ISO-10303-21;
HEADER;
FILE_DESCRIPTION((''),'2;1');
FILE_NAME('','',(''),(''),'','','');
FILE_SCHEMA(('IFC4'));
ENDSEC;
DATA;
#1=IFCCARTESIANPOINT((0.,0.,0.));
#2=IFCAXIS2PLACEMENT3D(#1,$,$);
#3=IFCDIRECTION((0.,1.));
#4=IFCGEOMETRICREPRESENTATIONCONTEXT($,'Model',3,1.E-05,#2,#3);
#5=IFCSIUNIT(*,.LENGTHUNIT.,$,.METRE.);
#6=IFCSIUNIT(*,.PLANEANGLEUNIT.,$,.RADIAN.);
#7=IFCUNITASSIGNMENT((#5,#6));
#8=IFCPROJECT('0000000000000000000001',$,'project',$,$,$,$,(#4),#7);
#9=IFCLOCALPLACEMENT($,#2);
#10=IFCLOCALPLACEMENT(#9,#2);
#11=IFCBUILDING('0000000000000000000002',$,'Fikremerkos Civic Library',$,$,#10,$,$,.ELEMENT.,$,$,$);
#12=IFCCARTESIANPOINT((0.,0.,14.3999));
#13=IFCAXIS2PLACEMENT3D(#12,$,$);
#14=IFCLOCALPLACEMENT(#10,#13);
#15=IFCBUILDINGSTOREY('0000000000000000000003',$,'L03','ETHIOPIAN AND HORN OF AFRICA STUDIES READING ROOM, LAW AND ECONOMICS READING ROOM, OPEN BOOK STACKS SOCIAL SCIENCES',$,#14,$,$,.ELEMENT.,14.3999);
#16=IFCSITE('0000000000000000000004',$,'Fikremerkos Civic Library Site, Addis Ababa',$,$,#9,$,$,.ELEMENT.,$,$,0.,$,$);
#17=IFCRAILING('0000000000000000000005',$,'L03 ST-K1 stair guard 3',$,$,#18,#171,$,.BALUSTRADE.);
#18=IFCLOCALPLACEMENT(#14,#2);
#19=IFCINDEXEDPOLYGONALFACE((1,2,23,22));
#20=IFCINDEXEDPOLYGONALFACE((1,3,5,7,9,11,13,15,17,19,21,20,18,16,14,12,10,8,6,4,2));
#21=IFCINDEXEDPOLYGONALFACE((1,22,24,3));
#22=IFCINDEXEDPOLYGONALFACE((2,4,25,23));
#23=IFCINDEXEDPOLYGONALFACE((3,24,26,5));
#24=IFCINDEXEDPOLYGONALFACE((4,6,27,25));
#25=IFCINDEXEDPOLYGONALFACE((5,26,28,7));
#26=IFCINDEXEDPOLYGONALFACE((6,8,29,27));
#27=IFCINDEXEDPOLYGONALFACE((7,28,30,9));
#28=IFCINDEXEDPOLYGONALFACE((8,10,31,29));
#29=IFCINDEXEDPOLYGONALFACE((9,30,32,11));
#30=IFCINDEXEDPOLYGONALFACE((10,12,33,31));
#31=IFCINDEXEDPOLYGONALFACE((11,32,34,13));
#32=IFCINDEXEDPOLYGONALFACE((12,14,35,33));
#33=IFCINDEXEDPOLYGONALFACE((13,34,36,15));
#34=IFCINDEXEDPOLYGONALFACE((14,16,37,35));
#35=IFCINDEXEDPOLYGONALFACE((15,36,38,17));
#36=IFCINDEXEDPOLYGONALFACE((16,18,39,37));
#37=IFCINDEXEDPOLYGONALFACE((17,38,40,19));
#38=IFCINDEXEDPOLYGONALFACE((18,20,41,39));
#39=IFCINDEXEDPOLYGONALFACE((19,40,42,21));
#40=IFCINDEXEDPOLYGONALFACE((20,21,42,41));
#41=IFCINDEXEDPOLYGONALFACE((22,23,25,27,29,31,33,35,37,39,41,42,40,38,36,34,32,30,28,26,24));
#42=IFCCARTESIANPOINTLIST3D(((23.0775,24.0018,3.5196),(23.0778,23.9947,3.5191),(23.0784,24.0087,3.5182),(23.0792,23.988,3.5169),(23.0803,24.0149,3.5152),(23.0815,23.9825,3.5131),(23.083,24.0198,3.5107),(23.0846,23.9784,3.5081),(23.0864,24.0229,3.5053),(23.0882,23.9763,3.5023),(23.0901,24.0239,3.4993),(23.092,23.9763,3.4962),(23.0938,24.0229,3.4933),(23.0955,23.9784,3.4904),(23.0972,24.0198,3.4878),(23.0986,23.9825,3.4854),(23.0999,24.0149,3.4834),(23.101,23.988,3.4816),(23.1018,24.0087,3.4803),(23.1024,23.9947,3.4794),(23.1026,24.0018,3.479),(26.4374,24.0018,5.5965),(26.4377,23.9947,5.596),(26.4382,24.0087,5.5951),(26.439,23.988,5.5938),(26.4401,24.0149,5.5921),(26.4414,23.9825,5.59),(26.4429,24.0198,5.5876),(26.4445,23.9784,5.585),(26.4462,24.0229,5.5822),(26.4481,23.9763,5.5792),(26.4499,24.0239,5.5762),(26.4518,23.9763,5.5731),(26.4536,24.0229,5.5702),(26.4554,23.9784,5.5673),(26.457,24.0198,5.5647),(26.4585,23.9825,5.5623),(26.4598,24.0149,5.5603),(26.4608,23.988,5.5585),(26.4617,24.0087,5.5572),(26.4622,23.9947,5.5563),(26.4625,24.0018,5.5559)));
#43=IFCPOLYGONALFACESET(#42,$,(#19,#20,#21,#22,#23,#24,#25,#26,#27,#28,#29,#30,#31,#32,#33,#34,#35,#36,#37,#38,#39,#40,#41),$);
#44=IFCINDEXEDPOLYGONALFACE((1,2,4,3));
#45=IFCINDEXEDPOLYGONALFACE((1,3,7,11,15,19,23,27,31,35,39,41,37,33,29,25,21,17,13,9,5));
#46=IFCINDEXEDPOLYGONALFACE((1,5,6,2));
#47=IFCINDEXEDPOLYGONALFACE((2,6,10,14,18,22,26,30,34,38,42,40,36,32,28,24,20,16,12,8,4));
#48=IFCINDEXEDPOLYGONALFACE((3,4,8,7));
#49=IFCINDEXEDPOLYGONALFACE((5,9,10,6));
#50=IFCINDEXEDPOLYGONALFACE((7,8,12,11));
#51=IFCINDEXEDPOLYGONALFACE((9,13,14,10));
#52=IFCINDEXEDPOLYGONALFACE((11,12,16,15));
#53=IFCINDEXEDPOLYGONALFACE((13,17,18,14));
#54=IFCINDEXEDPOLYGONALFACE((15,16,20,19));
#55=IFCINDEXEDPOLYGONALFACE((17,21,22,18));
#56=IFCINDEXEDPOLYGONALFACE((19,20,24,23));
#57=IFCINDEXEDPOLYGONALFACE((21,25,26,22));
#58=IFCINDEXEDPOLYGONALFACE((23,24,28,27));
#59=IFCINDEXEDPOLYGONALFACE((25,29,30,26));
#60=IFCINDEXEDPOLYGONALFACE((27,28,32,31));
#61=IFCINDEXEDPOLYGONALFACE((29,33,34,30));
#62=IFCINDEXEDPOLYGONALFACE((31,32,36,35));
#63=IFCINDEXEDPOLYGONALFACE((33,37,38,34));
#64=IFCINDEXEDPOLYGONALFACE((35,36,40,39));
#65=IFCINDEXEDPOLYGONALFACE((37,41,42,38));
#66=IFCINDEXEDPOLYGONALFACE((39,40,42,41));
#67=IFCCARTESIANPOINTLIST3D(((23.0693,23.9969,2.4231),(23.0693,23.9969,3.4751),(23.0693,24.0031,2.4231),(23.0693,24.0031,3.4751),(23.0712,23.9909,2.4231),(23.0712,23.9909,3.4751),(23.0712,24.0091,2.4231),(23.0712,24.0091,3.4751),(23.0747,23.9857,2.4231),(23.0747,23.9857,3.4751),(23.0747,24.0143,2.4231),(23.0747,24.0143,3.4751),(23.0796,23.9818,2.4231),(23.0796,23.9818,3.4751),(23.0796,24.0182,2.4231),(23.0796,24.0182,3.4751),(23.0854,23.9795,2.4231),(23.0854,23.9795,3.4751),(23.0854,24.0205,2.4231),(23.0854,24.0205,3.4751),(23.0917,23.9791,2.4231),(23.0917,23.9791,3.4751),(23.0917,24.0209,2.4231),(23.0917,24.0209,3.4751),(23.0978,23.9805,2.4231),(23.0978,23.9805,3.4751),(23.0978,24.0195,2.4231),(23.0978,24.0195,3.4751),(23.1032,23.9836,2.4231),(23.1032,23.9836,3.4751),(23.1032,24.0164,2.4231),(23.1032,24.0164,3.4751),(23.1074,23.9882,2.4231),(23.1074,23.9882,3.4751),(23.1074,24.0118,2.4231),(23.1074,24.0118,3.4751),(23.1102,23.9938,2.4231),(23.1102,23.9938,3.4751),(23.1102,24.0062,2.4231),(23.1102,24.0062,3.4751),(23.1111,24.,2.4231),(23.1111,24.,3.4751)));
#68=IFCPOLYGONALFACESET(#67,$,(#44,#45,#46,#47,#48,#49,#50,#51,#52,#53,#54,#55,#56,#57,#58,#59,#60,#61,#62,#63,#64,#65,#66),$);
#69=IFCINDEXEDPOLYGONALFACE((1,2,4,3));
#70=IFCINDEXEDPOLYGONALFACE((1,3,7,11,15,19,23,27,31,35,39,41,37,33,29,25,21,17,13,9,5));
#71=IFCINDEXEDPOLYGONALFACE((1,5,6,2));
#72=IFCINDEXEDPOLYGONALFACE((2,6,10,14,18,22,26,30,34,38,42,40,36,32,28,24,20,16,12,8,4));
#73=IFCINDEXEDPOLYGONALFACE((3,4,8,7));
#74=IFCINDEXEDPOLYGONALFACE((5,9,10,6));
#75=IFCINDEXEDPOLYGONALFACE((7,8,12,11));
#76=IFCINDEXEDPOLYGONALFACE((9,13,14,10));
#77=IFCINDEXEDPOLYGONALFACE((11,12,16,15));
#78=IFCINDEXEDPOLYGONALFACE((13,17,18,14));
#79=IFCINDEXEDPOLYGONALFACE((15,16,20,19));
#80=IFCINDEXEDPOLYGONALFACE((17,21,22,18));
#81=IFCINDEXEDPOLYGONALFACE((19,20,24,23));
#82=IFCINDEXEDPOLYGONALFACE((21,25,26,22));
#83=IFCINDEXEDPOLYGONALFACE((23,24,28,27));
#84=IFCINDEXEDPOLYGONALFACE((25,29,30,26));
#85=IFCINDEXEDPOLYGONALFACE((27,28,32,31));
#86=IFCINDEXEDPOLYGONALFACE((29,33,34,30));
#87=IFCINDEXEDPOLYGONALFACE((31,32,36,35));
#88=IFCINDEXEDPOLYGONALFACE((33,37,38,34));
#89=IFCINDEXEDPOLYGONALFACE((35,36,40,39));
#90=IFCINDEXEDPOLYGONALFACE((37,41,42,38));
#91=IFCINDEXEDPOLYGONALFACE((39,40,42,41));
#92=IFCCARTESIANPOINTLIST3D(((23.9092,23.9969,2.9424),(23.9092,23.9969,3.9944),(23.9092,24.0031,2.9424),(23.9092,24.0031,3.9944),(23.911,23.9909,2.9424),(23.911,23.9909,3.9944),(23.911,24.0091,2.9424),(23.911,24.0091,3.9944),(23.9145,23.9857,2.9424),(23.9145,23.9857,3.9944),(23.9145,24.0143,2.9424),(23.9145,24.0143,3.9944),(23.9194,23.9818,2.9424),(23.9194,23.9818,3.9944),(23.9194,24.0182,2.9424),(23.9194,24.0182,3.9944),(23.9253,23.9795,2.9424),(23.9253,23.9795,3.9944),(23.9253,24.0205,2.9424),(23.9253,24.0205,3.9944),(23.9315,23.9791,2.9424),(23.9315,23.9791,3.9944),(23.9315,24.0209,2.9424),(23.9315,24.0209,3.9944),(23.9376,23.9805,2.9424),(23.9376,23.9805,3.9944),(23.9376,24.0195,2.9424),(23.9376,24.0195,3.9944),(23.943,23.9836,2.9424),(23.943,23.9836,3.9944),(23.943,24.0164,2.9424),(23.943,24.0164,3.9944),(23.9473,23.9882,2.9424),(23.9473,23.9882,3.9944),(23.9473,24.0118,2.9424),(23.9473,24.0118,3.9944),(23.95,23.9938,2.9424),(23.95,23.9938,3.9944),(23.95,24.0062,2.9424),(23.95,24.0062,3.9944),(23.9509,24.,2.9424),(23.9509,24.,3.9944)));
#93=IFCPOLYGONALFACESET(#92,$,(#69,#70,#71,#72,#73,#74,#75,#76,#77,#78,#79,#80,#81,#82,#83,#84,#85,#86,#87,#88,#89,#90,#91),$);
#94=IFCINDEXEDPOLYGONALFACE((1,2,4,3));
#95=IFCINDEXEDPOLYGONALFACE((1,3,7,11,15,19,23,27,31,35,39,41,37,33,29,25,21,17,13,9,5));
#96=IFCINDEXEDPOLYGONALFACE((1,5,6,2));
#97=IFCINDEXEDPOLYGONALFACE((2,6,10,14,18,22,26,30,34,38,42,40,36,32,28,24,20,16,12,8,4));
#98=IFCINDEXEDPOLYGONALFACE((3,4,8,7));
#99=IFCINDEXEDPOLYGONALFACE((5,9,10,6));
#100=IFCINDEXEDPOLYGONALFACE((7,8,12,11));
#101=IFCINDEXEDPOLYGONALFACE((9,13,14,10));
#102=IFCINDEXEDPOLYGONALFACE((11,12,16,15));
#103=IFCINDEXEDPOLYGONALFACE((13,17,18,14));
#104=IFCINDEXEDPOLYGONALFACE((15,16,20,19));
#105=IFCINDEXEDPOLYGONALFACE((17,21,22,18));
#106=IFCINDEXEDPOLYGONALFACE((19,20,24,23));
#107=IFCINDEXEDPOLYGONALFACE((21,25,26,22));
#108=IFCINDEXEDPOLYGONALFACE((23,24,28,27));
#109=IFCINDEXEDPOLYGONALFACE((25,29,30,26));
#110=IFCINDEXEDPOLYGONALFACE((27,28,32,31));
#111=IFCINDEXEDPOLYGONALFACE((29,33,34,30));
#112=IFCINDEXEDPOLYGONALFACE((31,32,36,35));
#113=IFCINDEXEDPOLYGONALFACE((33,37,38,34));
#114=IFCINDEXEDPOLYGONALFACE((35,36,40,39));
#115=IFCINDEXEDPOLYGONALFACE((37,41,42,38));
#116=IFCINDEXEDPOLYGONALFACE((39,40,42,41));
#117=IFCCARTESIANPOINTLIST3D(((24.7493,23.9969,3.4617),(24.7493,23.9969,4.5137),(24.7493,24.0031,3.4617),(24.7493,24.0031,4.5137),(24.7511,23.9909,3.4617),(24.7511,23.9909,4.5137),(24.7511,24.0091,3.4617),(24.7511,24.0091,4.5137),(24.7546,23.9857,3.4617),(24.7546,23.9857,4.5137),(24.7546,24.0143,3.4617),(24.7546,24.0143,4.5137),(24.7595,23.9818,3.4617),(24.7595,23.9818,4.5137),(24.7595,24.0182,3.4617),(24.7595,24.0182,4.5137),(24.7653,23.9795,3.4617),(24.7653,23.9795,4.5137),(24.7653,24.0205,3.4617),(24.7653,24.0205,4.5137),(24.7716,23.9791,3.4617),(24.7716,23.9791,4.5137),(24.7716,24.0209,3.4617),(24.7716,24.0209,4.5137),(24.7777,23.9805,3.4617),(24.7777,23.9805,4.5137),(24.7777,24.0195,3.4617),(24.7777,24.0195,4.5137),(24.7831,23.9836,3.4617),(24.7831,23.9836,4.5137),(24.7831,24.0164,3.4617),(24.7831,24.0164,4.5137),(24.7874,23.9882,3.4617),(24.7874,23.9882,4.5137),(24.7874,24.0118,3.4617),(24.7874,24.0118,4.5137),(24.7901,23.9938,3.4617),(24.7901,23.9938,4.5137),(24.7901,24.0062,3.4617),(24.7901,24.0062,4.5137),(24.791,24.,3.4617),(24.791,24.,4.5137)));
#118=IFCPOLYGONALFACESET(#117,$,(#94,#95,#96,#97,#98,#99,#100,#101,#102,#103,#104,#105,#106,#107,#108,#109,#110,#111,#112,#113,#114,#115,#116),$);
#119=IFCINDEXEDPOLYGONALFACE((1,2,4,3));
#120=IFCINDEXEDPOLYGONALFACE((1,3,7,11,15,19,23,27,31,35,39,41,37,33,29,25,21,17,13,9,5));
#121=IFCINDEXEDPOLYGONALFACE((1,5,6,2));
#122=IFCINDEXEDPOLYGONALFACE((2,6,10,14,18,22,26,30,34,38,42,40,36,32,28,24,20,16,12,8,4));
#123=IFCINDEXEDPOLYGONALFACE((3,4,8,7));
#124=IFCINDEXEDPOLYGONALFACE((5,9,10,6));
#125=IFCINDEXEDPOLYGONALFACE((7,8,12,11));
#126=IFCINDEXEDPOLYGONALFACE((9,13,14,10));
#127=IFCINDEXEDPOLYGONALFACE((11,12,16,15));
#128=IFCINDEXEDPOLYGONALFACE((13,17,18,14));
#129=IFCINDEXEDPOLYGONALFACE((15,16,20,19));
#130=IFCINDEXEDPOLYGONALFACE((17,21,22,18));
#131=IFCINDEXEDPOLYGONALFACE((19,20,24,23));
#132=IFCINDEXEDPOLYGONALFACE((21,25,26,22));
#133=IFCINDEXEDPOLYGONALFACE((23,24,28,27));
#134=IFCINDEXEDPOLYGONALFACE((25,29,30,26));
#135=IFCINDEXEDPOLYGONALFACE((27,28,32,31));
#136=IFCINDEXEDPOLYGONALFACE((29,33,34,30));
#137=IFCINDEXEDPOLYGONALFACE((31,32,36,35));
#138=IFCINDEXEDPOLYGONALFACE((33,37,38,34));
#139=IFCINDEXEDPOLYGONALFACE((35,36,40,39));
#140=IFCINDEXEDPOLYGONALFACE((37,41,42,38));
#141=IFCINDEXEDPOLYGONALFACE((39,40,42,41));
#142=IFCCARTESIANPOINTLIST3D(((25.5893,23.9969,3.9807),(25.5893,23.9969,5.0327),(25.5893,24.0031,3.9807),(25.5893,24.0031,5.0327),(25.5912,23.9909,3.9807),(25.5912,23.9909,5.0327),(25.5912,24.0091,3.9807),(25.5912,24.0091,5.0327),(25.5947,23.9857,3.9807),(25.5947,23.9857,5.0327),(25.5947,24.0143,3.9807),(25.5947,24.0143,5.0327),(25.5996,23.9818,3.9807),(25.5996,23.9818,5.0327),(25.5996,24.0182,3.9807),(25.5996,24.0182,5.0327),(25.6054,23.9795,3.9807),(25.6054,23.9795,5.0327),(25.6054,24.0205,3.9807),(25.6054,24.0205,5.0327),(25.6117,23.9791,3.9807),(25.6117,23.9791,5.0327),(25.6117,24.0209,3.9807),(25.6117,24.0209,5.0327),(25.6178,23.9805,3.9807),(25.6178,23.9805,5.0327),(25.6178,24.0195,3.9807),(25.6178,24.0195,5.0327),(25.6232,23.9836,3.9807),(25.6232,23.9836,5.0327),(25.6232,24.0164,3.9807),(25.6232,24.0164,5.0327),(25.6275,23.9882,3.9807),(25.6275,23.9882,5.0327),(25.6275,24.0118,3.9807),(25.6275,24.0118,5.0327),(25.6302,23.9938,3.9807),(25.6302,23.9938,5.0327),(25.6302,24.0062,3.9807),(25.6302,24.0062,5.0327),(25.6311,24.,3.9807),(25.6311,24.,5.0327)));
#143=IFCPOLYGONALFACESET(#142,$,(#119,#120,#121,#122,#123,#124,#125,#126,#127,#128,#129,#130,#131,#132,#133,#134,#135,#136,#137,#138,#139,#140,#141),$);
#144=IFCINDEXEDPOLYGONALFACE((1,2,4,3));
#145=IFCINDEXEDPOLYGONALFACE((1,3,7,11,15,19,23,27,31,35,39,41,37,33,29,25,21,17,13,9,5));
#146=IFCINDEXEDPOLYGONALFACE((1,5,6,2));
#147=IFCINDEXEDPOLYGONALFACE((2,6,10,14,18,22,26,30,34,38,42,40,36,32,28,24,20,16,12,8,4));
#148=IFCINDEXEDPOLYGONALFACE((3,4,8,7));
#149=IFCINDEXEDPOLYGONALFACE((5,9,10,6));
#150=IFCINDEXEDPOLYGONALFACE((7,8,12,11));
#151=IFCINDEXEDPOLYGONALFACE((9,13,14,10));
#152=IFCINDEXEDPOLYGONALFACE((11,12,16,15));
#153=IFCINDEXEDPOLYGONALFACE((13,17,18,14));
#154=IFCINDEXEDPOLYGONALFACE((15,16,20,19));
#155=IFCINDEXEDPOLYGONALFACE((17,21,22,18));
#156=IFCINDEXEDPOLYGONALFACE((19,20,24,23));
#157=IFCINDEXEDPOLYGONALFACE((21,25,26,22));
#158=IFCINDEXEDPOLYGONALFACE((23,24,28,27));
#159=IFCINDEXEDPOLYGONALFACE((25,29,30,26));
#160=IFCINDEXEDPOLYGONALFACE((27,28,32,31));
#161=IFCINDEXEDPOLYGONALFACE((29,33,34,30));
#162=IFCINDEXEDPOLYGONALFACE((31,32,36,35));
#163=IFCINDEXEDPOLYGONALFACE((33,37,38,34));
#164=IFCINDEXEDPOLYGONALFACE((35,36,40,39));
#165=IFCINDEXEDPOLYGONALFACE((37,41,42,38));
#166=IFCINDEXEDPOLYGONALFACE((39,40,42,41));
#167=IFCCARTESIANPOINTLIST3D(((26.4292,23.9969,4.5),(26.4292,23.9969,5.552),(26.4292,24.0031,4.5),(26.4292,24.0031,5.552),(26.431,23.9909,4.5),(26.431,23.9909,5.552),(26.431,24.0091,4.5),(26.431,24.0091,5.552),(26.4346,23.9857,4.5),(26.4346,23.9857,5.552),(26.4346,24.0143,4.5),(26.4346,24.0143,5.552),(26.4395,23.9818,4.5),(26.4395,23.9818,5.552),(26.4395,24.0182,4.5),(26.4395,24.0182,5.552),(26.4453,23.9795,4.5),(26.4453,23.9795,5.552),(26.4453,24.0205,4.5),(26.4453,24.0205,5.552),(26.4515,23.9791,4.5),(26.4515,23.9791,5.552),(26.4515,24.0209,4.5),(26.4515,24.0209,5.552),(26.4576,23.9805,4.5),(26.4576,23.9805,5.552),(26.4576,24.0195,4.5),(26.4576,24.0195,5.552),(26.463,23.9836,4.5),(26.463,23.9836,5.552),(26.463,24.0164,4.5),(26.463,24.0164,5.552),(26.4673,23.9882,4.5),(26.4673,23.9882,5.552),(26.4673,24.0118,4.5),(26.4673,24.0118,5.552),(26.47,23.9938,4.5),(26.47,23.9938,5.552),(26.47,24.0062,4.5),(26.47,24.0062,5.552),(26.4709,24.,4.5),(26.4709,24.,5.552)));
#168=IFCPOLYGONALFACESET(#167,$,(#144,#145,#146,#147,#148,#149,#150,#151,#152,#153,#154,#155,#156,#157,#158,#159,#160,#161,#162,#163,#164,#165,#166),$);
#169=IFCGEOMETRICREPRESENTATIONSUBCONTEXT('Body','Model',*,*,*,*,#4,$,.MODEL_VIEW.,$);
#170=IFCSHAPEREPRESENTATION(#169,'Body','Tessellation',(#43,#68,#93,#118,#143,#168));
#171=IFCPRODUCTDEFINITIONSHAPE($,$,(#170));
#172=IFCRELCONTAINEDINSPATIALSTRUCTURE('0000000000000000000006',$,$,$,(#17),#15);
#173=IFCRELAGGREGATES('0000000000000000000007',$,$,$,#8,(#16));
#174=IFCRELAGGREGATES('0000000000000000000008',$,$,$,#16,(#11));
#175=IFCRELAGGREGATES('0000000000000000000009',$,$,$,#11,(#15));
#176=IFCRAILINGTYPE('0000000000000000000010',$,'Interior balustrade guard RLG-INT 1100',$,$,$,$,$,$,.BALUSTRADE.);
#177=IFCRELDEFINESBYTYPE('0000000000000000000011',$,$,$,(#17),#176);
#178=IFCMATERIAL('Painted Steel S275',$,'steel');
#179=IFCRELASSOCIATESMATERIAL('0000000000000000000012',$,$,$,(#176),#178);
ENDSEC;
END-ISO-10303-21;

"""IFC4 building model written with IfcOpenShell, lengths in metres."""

from ifc_helpers import new_model, si_unit, direction, frame, origin, origin_2d, place, context, subcontext, project, spatial, circle, extrude, material, type_object, element, save


model = new_model("IFC4")

# Units and contexts
model_context = context("Model", 3, precision=1e-05, world=origin(), true_north=direction((0.0, 1.0)))
body_context = subcontext(model_context, "Body", "Model", "MODEL_VIEW")
ifc_project = project(units=[si_unit("LENGTHUNIT", "METRE"), si_unit("PLANEANGLEUNIT", "RADIAN")], contexts=[model_context])

# Site, building, storey
site_placement = place(None, origin())
site = spatial("IfcSite", under=ifc_project, at=site_placement, Name="Fikremerkos Civic Library Site, Addis Ababa", CompositionType="ELEMENT", RefElevation=0.0)
building_placement = place(site_placement, origin())
building = spatial("IfcBuilding", under=site, at=building_placement, Name="Fikremerkos Civic Library", CompositionType="ELEMENT")
storey_placement = place(building_placement, frame((0.0, 0.0, 14.3999)))
storey = spatial("IfcBuildingStorey", under=building, at=storey_placement, Name="L03", Description="ETHIOPIAN AND HORN OF AFRICA STUDIES READING ROOM, LAW AND ECONOMICS READING ROOM, OPEN BOOK STACKS SOCIAL SCIENCES", CompositionType="ELEMENT", Elevation=14.3999)

# Railing
ifc_material_1 = material(Name="Painted Steel S275", Category="steel")
railing_type_1 = type_object("IfcRailingType", Name="Interior balustrade guard RLG-INT 1100", PredefinedType="BALUSTRADE", material=ifc_material_1)
railing_1_placement = place(storey_placement, frame((23.0901, 24.0, 2.4231)))
element("IfcRailing", 1, at=railing_1_placement, inside=storey, type_object=railing_type_1, Name="L03 ST-K1 stair guard 3", PredefinedType="BALUSTRADE", context=body_context, shape_type="SweptSolid", body=[
    extrude(circle(Radius=0.0239, at=origin_2d()), frame((0.0, 0.0, 1.0762), z_axis=(0.850606, 0.0, 0.525803), x_axis=(0.0, 1.0, 0.0)), (0.0, 0.0, 1.0), 3.95),
    extrude(circle(Radius=0.021, at=origin_2d()), origin(), (0.0, 0.0, 1.0), 1.052),
    extrude(circle(Radius=0.021, at=origin_2d()), frame((0.8398, 0.0, 0.5193)), (0.0, 0.0, 1.0), 1.052),
    extrude(circle(Radius=0.021, at=origin_2d()), frame((1.6799, 0.0, 1.0386)), (0.0, 0.0, 1.0), 1.052),
    extrude(circle(Radius=0.021, at=origin_2d()), frame((2.52, 0.0, 1.5576)), (0.0, 0.0, 1.0), 1.052),
    extrude(circle(Radius=0.021, at=origin_2d()), frame((3.3599, 0.0, 2.0769)), (0.0, 0.0, 1.0), 1.052),
])

save(model, "model.ifc")
